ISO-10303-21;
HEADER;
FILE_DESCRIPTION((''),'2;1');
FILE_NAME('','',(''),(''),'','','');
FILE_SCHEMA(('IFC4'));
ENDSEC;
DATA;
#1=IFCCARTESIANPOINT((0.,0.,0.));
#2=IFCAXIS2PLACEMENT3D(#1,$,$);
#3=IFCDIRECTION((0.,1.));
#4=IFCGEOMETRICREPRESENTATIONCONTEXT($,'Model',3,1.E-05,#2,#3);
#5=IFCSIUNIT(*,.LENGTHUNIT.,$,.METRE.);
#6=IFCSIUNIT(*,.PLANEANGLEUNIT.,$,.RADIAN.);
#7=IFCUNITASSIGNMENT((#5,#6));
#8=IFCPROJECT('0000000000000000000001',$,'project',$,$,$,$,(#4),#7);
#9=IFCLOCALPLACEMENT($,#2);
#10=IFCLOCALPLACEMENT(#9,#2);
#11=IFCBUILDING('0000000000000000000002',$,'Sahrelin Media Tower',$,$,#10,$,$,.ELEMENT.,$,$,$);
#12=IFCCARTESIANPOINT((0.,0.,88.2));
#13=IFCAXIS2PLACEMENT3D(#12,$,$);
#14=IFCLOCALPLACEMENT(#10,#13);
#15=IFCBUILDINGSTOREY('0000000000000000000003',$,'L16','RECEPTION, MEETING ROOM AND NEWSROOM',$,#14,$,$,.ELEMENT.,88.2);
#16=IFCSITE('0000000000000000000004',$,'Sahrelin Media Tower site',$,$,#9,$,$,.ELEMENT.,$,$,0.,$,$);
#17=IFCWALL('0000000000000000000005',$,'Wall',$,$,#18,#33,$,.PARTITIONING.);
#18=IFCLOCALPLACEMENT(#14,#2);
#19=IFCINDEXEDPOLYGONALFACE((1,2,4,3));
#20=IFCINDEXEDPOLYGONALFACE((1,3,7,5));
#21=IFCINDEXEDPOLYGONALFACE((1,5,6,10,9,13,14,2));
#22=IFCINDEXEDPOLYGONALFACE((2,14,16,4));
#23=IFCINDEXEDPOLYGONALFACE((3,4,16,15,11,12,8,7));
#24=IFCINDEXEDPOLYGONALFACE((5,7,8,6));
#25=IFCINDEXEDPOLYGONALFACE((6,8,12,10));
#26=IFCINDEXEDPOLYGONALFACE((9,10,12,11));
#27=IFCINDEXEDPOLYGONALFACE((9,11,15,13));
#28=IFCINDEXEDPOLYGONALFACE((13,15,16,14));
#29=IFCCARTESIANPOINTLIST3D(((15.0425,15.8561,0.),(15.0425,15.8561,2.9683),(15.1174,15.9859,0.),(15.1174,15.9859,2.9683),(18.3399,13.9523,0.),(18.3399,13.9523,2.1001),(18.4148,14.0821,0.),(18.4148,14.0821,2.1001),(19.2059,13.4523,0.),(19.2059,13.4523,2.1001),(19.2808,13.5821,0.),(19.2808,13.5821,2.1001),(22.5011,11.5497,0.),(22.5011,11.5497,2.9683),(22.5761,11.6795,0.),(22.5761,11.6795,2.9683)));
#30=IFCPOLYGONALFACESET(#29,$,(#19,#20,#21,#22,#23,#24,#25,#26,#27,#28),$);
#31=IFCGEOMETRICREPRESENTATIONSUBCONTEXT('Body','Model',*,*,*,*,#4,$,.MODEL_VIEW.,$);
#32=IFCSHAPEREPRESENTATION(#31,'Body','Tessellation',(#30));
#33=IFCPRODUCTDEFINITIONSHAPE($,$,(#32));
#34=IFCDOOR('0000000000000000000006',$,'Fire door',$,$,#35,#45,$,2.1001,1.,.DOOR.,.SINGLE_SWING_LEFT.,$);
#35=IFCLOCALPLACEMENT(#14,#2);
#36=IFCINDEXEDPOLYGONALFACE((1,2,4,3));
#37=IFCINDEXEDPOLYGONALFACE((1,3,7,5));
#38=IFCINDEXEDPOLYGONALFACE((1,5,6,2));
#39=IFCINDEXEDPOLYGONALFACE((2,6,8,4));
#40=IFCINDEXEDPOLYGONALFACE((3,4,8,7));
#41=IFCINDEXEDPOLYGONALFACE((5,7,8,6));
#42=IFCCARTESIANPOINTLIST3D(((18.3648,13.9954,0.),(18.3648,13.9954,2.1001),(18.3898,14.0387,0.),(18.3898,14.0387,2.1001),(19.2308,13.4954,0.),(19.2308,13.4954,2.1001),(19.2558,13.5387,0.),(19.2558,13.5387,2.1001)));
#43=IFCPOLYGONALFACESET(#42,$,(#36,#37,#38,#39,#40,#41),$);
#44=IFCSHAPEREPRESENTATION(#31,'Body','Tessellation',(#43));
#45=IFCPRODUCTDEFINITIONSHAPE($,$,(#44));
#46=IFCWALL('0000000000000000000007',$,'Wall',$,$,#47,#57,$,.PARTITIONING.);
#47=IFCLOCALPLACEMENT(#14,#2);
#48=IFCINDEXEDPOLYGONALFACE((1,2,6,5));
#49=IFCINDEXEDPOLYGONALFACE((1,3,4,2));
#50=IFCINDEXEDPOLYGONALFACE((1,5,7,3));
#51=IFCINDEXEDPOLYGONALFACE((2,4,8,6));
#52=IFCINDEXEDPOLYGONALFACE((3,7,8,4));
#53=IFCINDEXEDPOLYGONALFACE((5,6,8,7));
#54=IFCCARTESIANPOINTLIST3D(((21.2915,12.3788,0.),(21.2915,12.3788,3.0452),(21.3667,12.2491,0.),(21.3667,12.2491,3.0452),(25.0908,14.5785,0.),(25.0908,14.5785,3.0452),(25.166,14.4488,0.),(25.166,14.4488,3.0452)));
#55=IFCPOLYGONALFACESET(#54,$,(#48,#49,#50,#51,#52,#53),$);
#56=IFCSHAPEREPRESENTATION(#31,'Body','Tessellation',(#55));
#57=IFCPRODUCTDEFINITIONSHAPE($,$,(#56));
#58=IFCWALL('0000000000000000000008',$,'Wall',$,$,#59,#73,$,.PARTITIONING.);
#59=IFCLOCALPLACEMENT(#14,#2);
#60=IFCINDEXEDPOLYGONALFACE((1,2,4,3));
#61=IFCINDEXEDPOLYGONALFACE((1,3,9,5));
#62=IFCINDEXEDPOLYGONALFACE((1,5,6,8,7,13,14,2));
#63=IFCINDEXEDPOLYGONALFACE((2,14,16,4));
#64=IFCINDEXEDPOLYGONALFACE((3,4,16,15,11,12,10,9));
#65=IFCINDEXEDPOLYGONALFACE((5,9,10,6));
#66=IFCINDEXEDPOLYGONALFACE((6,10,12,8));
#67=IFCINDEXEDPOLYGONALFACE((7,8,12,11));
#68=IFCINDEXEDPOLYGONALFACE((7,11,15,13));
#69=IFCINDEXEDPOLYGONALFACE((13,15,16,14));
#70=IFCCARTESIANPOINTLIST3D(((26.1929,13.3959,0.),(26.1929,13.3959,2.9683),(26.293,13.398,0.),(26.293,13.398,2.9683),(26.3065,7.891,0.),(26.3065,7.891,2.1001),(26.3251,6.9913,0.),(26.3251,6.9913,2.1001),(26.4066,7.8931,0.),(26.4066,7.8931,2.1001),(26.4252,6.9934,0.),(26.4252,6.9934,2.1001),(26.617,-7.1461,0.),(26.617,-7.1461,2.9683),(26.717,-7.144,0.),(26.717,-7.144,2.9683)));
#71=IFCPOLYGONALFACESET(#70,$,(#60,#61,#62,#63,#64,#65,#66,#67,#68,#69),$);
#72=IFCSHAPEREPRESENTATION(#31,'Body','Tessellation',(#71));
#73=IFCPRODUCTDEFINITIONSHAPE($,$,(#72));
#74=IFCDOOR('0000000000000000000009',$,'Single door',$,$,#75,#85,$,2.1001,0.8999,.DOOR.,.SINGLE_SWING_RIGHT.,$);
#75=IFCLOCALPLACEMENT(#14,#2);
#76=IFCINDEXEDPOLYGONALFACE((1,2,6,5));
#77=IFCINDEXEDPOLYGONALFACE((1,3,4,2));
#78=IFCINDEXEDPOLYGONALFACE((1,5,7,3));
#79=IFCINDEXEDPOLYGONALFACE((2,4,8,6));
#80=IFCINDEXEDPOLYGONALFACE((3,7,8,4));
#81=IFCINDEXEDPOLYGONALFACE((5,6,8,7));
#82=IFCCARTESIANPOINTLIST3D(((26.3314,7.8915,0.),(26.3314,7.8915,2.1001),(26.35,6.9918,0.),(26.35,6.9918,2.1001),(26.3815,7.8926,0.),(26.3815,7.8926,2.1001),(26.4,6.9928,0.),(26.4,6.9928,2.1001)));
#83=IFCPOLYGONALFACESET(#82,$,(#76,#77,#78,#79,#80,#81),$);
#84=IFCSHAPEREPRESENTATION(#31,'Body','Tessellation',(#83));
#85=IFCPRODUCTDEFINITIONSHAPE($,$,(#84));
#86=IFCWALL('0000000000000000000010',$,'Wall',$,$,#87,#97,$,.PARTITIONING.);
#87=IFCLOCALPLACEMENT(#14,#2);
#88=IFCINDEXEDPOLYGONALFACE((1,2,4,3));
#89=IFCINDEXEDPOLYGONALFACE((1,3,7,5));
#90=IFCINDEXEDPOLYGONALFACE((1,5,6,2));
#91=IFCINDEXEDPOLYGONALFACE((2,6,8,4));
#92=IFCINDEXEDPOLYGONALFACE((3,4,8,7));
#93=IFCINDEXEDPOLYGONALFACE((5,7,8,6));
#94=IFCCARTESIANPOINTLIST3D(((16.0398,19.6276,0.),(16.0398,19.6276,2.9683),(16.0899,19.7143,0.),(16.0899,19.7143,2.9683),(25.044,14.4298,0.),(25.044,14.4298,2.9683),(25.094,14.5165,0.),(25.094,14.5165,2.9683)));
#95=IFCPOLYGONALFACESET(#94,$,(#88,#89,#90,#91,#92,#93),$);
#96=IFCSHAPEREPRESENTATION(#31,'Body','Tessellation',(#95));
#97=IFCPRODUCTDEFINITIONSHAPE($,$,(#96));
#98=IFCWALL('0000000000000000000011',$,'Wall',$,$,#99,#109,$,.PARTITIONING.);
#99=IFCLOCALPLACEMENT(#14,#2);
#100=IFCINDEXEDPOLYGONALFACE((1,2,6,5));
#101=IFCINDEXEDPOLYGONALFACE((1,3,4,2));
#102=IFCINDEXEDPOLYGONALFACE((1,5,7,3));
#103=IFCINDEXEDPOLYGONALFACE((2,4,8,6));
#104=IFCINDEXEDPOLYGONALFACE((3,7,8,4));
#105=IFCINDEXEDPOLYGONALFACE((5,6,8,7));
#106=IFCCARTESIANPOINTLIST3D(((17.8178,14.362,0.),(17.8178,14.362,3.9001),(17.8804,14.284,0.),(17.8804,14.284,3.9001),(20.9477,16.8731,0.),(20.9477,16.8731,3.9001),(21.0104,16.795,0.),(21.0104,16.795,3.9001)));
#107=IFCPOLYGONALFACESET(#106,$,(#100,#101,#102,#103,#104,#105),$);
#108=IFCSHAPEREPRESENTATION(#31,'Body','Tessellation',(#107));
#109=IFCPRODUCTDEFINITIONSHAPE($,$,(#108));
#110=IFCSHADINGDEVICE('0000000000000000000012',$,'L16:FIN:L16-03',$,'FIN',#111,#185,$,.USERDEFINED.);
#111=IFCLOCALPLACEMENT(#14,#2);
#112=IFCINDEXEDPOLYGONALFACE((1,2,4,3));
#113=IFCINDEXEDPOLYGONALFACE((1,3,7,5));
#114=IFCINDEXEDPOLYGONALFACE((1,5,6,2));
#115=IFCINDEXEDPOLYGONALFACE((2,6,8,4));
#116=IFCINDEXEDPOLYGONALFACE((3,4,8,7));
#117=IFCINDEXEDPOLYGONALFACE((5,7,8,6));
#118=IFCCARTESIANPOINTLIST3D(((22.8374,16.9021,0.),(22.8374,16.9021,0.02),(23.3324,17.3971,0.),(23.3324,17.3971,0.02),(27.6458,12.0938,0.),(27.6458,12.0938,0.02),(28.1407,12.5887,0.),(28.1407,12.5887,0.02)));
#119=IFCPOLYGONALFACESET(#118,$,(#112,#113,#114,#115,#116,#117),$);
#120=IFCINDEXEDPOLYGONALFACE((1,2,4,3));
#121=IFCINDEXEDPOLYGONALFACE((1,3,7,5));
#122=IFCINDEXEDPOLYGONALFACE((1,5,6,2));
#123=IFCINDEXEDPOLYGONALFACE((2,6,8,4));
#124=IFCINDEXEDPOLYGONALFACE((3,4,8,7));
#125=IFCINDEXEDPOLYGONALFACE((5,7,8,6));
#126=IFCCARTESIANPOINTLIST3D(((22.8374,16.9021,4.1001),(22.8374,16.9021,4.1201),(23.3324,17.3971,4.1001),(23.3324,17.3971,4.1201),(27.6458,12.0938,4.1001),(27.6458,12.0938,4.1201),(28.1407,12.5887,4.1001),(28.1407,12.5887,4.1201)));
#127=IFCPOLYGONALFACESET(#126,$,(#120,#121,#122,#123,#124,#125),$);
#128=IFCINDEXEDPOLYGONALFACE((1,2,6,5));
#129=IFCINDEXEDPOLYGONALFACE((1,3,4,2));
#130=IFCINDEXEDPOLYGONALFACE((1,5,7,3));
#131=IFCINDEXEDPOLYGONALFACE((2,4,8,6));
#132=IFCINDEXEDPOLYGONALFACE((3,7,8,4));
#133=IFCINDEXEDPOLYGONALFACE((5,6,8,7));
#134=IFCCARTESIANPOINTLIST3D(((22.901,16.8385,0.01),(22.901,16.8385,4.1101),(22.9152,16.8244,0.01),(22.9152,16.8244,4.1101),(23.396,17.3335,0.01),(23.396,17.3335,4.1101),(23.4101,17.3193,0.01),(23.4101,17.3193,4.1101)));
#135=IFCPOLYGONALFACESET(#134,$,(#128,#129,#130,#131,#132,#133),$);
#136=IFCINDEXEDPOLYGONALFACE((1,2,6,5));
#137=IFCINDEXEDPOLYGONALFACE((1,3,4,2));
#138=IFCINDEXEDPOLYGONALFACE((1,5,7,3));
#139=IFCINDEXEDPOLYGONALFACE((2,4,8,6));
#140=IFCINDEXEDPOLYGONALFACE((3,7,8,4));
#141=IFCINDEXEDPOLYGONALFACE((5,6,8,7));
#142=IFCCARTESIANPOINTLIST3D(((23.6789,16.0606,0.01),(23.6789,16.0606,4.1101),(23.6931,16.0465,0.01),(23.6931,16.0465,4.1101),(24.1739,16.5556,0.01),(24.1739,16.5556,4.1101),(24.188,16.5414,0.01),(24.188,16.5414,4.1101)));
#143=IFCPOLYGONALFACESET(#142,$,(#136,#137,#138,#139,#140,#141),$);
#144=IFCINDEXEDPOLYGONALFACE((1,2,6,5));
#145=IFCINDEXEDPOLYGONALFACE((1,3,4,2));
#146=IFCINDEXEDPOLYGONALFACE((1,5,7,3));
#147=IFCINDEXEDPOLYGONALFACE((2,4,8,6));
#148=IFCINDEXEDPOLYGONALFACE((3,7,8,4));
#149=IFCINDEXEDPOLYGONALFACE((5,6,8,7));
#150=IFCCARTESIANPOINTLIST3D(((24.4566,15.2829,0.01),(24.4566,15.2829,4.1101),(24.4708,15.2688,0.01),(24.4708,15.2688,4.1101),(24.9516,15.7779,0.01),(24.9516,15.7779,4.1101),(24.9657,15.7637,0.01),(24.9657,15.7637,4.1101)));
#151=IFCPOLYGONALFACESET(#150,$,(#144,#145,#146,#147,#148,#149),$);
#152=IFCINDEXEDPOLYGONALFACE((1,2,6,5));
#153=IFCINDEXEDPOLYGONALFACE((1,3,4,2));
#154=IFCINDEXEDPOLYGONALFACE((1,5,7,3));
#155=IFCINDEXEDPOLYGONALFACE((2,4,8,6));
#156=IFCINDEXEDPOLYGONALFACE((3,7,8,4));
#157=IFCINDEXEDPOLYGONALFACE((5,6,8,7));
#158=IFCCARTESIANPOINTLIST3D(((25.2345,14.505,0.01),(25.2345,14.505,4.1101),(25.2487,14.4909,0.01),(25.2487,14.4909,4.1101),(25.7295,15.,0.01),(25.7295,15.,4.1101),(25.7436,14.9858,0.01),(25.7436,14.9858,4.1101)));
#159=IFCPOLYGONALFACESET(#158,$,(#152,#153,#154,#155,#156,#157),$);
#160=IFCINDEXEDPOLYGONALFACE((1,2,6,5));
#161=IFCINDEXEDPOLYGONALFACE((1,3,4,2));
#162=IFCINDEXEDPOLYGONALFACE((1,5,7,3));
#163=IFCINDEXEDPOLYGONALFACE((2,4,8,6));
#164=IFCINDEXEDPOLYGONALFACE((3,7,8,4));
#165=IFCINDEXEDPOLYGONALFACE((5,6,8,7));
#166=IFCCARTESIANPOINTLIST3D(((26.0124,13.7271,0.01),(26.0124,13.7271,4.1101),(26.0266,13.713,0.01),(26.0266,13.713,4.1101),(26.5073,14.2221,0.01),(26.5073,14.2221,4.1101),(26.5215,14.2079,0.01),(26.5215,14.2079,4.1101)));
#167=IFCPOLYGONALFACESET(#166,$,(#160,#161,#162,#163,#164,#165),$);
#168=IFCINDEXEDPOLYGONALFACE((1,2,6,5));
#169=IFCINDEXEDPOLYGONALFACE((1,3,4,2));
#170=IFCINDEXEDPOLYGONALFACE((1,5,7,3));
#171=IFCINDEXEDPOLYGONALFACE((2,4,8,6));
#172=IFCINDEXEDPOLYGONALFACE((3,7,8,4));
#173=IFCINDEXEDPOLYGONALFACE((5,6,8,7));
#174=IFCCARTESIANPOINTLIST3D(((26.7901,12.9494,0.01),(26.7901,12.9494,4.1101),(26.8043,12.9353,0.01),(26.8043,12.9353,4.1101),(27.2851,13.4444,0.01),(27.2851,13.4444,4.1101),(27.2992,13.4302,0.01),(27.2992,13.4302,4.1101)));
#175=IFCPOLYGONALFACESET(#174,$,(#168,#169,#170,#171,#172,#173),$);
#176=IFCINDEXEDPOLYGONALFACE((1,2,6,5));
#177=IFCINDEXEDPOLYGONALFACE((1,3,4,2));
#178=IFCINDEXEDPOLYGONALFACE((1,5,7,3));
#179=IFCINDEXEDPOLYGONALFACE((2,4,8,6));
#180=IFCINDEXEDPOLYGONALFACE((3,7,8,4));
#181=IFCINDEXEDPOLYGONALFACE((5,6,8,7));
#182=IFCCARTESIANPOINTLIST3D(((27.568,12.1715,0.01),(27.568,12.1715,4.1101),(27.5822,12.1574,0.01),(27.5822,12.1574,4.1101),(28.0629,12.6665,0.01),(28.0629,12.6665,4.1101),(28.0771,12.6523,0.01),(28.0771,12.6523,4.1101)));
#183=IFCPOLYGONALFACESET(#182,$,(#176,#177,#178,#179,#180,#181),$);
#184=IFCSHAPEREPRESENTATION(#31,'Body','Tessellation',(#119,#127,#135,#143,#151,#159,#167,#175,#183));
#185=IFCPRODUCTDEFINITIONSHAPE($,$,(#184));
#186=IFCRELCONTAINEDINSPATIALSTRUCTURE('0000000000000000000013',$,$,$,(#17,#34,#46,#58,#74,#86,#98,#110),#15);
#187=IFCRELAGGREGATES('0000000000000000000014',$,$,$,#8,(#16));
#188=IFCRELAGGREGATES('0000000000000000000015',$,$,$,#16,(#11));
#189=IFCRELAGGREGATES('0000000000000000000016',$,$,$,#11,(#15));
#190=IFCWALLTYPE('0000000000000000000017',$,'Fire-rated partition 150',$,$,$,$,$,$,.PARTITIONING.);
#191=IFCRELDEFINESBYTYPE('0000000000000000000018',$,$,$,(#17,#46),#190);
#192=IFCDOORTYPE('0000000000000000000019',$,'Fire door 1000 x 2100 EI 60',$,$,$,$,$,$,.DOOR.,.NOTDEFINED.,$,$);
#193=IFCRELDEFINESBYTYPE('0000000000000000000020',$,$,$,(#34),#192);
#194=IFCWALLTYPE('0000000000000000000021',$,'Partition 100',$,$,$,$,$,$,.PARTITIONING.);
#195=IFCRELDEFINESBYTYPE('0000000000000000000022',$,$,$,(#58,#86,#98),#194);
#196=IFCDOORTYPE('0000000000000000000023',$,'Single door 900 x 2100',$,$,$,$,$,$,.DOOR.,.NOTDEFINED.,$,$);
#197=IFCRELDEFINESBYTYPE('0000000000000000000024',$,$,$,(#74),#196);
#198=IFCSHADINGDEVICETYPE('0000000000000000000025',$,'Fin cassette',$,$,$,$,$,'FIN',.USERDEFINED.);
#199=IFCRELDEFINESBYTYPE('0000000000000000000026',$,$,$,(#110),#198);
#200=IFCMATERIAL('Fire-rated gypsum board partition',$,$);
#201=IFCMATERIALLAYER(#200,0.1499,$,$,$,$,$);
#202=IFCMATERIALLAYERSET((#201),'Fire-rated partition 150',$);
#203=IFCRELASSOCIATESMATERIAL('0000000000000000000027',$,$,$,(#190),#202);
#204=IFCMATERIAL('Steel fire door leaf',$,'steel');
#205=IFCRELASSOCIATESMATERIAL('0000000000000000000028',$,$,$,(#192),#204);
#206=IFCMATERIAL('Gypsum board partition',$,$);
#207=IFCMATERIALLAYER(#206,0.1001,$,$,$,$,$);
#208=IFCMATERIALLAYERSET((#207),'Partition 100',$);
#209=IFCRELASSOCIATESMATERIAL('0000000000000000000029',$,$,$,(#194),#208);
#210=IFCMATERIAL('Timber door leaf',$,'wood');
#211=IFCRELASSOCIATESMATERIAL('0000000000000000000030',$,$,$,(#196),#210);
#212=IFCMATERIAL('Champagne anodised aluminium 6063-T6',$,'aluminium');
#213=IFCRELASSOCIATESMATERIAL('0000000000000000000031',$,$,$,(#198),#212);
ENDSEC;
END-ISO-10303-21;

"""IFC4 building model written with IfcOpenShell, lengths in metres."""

from ifc_helpers import new_model, si_unit, direction, frame, frame_2d, origin, origin_2d, place, context, subcontext, project, spatial, rectangle, extrude, material, layer, layer_set, type_object, element, fill, save


model = new_model("IFC4")

# Units and contexts
model_context = context("Model", 3, precision=1e-05, world=origin(), true_north=direction((0.0, 1.0)))
body_context = subcontext(model_context, "Body", "Model", "MODEL_VIEW")
ifc_project = project(units=[si_unit("LENGTHUNIT", "METRE"), si_unit("PLANEANGLEUNIT", "RADIAN")], contexts=[model_context])

# Site, building, storey
site_placement = place(None, origin())
site = spatial("IfcSite", under=ifc_project, at=site_placement, Name="Sahrelin Media Tower site", CompositionType="ELEMENT", RefElevation=0.0)
building_placement = place(site_placement, origin())
building = spatial("IfcBuilding", under=site, at=building_placement, Name="Sahrelin Media Tower", CompositionType="ELEMENT")
storey_placement = place(building_placement, frame((0.0, 0.0, 88.2)))
storey = spatial("IfcBuildingStorey", under=building, at=storey_placement, Name="L16", Description="RECEPTION, MEETING ROOM AND NEWSROOM", CompositionType="ELEMENT", Elevation=88.2)

# Shared definitions
ifc_material_1 = material(Name="Champagne anodised aluminium 6063-T6", Category="aluminium")

# Wall, opening, door
ifc_material_2 = material(Name="Fire-rated gypsum board partition")
ifc_layer_1 = layer(ifc_material_2, 0.1499)
ifc_layer_set_1 = layer_set([ifc_layer_1], Name="Fire-rated partition 150")
wall_type_1 = type_object("IfcWallType", Name="Fire-rated partition 150", PredefinedType="PARTITIONING", material=ifc_layer_set_1)
wall_1_placement = place(storey_placement, frame((15.0801, 15.9209, 0.0), z_axis=(0.0, 0.0, 1.0), x_axis=(0.866021, -0.500008, 0.0)))
wall_1 = element("IfcWall", 1, at=wall_1_placement, inside=storey, type_object=wall_type_1, Name="Wall", PredefinedType="PARTITIONING", context=body_context, shape_type="SweptSolid", body=[
    extrude(rectangle(XDim=8.6125, YDim=0.1499, at=frame_2d((4.3062, 0.0))), origin(), (0.0, 0.0, 1.0), 2.9683),
])
opening_1_placement = place(wall_1_placement, frame((3.8074, 0.0, 0.0)))
opening_1 = element("IfcOpeningElement", 2, at=opening_1_placement, cuts=wall_1, PredefinedType="OPENING", context=body_context, shape_type="SweptSolid", body=[
    extrude(rectangle(XDim=1.0, YDim=2.1001, at=frame_2d((0.5, 1.05))), frame((0.0, 0.075, 0.0), z_axis=(0.0, -1.0, 0.0), x_axis=(1.0, 0.0, 0.0)), (0.0, 0.0, 1.0), 0.1499),
])
ifc_material_3 = material(Name="Steel fire door leaf", Category="steel")
door_type_1 = type_object("IfcDoorType", Name="Fire door 1000 x 2100 EI 60", OperationType="NOTDEFINED", PredefinedType="DOOR", material=ifc_material_3)
door_1_placement = place(opening_1_placement, origin())
door_1 = element("IfcDoor", 3, at=door_1_placement, inside=storey, type_object=door_type_1, Name="Fire door", OperationType="SINGLE_SWING_LEFT", OverallHeight=2.1001, OverallWidth=1.0, PredefinedType="DOOR", context=body_context, shape_type="SweptSolid", body=[
    extrude(rectangle(XDim=1.0, YDim=2.1001, at=frame_2d((0.5, 1.05))), frame((0.0, 0.0249, 0.0), z_axis=(0.0, -1.0, 0.0), x_axis=(1.0, 0.0, 0.0)), (0.0, 0.0, 1.0), 0.05),
])
fill(opening_1, door_1)

# Wall
wall_2_placement = place(storey_placement, frame((21.3291, 12.314, 0.0), z_axis=(0.0, 0.0, 1.0), x_axis=(0.865416, 0.501054, 0.0)))
element("IfcWall", 4, at=wall_2_placement, inside=storey, type_object=wall_type_1, Name="Wall", PredefinedType="PARTITIONING", context=body_context, shape_type="SweptSolid", body=[
    extrude(rectangle(XDim=4.3901, YDim=0.1499, at=frame_2d((2.1951, 0.0))), origin(), (0.0, 0.0, 1.0), 3.0452),
])

# Wall, opening, door
ifc_material_4 = material(Name="Gypsum board partition")
ifc_layer_2 = layer(ifc_material_4, 0.1001)
ifc_layer_set_2 = layer_set([ifc_layer_2], Name="Partition 100")
wall_type_2 = type_object("IfcWallType", Name="Partition 100", PredefinedType="PARTITIONING", material=ifc_layer_set_2)
wall_3_placement = place(storey_placement, frame((26.2429, 13.397, 0.0), z_axis=(0.0, 0.0, 1.0), x_axis=(0.02064, -0.999787, 0.0)))
wall_3 = element("IfcWall", 5, at=wall_3_placement, inside=storey, type_object=wall_type_2, Name="Wall", PredefinedType="PARTITIONING", context=body_context, shape_type="SweptSolid", body=[
    extrude(rectangle(XDim=20.5464, YDim=0.1001, at=frame_2d((10.2732, 0.0))), origin(), (0.0, 0.0, 1.0), 2.9683),
])
opening_2_placement = place(wall_3_placement, frame((5.5061, 0.0, 0.0)))
opening_2 = element("IfcOpeningElement", 6, at=opening_2_placement, cuts=wall_3, PredefinedType="OPENING", context=body_context, shape_type="SweptSolid", body=[
    extrude(rectangle(XDim=0.8999, YDim=2.1001, at=frame_2d((0.45, 1.05))), frame((0.0, 0.05, 0.0), z_axis=(0.0, -1.0, 0.0), x_axis=(1.0, 0.0, 0.0)), (0.0, 0.0, 1.0), 0.1001),
])
ifc_material_5 = material(Name="Timber door leaf", Category="wood")
door_type_2 = type_object("IfcDoorType", Name="Single door 900 x 2100", OperationType="NOTDEFINED", PredefinedType="DOOR", material=ifc_material_5)
door_2_placement = place(opening_2_placement, origin())
door_2 = element("IfcDoor", 7, at=door_2_placement, inside=storey, type_object=door_type_2, Name="Single door", OperationType="SINGLE_SWING_RIGHT", OverallHeight=2.1001, OverallWidth=0.8999, PredefinedType="DOOR", context=body_context, shape_type="SweptSolid", body=[
    extrude(rectangle(XDim=0.8999, YDim=2.1001, at=frame_2d((0.45, 1.05))), frame((0.0, 0.0249, 0.0), z_axis=(0.0, -1.0, 0.0), x_axis=(1.0, 0.0, 0.0)), (0.0, 0.0, 1.0), 0.05),
])
fill(opening_2, door_2)

# Walls
wall_4_placement = place(storey_placement, frame((16.0649, 19.6709, 0.0), z_axis=(0.0, 0.0, 1.0), x_axis=(0.866059, -0.499943, 0.0)))
element("IfcWall", 8, at=wall_4_placement, inside=storey, type_object=wall_type_2, Name="Wall", PredefinedType="PARTITIONING", context=body_context, shape_type="SweptSolid", body=[
    extrude(rectangle(XDim=10.3967, YDim=0.1001, at=frame_2d((5.1982, 0.0))), origin(), (0.0, 0.0, 1.0), 2.9683),
])
wall_5_placement = place(storey_placement, frame((17.8491, 14.323, 0.0), z_axis=(0.0, 0.0, 1.0), x_axis=(0.780007, 0.62577, 0.0)))
element("IfcWall", 9, at=wall_5_placement, inside=storey, type_object=wall_type_2, Name="Wall", PredefinedType="PARTITIONING", context=body_context, shape_type="SweptSolid", body=[
    extrude(rectangle(XDim=4.0127, YDim=0.1001, at=frame_2d((2.0063, 0.0))), origin(), (0.0, 0.0, 1.0), 3.9001),
])

# Shading device
shading_device_type_1 = type_object("IfcShadingDeviceType", Name="Fin cassette", ElementType="FIN", PredefinedType="USERDEFINED", material=ifc_material_1)
placement_1 = place(storey_placement, frame((25.1921, 14.4485, 0.0), z_axis=(0.0, 0.0, 1.0), x_axis=(0.707107, -0.707107, 0.0)))
element("IfcShadingDevice", 10, at=placement_1, inside=storey, type_object=shading_device_type_1, Name="L16:FIN:L16-03", ObjectType="FIN", PredefinedType="USERDEFINED", context=body_context, shape_type="SweptSolid", body=[
    extrude(rectangle(XDim=6.8, YDim=0.7, at=origin_2d()), frame((0.0, 0.4199, 0.0)), (0.0, 0.0, 1.0), 0.02),
    extrude(rectangle(XDim=6.8, YDim=0.7, at=origin_2d()), frame((0.0, 0.4199, 4.1001)), (0.0, 0.0, 1.0), 0.02),
    extrude(rectangle(XDim=0.02, YDim=0.7, at=origin_2d()), frame((-3.3, 0.4199, 0.01), z_axis=(0.0, 0.0, 1.0), x_axis=(1.0, 0.0, 0.0)), (0.0, 0.0, 1.0), 4.1001),
    extrude(rectangle(XDim=0.02, YDim=0.7, at=origin_2d()), frame((-2.2, 0.4199, 0.01), z_axis=(0.0, 0.0, 1.0), x_axis=(1.0, 0.0, 0.0)), (0.0, 0.0, 1.0), 4.1001),
    extrude(rectangle(XDim=0.02, YDim=0.7, at=origin_2d()), frame((-1.1001, 0.4199, 0.01), z_axis=(0.0, 0.0, 1.0), x_axis=(1.0, 0.0, 0.0)), (0.0, 0.0, 1.0), 4.1001),
    extrude(rectangle(XDim=0.02, YDim=0.7, at=origin_2d()), frame((0.0, 0.4199, 0.01), z_axis=(0.0, 0.0, 1.0), x_axis=(1.0, 0.0, 0.0)), (0.0, 0.0, 1.0), 4.1001),
    extrude(rectangle(XDim=0.02, YDim=0.7, at=origin_2d()), frame((1.1001, 0.4199, 0.01), z_axis=(0.0, 0.0, 1.0), x_axis=(1.0, 0.0, 0.0)), (0.0, 0.0, 1.0), 4.1001),
    extrude(rectangle(XDim=0.02, YDim=0.7, at=origin_2d()), frame((2.2, 0.4199, 0.01), z_axis=(0.0, 0.0, 1.0), x_axis=(1.0, 0.0, 0.0)), (0.0, 0.0, 1.0), 4.1001),
    extrude(rectangle(XDim=0.02, YDim=0.7, at=origin_2d()), frame((3.3, 0.4199, 0.01), z_axis=(0.0, 0.0, 1.0), x_axis=(1.0, 0.0, 0.0)), (0.0, 0.0, 1.0), 4.1001),
])

save(model, "model.ifc")
